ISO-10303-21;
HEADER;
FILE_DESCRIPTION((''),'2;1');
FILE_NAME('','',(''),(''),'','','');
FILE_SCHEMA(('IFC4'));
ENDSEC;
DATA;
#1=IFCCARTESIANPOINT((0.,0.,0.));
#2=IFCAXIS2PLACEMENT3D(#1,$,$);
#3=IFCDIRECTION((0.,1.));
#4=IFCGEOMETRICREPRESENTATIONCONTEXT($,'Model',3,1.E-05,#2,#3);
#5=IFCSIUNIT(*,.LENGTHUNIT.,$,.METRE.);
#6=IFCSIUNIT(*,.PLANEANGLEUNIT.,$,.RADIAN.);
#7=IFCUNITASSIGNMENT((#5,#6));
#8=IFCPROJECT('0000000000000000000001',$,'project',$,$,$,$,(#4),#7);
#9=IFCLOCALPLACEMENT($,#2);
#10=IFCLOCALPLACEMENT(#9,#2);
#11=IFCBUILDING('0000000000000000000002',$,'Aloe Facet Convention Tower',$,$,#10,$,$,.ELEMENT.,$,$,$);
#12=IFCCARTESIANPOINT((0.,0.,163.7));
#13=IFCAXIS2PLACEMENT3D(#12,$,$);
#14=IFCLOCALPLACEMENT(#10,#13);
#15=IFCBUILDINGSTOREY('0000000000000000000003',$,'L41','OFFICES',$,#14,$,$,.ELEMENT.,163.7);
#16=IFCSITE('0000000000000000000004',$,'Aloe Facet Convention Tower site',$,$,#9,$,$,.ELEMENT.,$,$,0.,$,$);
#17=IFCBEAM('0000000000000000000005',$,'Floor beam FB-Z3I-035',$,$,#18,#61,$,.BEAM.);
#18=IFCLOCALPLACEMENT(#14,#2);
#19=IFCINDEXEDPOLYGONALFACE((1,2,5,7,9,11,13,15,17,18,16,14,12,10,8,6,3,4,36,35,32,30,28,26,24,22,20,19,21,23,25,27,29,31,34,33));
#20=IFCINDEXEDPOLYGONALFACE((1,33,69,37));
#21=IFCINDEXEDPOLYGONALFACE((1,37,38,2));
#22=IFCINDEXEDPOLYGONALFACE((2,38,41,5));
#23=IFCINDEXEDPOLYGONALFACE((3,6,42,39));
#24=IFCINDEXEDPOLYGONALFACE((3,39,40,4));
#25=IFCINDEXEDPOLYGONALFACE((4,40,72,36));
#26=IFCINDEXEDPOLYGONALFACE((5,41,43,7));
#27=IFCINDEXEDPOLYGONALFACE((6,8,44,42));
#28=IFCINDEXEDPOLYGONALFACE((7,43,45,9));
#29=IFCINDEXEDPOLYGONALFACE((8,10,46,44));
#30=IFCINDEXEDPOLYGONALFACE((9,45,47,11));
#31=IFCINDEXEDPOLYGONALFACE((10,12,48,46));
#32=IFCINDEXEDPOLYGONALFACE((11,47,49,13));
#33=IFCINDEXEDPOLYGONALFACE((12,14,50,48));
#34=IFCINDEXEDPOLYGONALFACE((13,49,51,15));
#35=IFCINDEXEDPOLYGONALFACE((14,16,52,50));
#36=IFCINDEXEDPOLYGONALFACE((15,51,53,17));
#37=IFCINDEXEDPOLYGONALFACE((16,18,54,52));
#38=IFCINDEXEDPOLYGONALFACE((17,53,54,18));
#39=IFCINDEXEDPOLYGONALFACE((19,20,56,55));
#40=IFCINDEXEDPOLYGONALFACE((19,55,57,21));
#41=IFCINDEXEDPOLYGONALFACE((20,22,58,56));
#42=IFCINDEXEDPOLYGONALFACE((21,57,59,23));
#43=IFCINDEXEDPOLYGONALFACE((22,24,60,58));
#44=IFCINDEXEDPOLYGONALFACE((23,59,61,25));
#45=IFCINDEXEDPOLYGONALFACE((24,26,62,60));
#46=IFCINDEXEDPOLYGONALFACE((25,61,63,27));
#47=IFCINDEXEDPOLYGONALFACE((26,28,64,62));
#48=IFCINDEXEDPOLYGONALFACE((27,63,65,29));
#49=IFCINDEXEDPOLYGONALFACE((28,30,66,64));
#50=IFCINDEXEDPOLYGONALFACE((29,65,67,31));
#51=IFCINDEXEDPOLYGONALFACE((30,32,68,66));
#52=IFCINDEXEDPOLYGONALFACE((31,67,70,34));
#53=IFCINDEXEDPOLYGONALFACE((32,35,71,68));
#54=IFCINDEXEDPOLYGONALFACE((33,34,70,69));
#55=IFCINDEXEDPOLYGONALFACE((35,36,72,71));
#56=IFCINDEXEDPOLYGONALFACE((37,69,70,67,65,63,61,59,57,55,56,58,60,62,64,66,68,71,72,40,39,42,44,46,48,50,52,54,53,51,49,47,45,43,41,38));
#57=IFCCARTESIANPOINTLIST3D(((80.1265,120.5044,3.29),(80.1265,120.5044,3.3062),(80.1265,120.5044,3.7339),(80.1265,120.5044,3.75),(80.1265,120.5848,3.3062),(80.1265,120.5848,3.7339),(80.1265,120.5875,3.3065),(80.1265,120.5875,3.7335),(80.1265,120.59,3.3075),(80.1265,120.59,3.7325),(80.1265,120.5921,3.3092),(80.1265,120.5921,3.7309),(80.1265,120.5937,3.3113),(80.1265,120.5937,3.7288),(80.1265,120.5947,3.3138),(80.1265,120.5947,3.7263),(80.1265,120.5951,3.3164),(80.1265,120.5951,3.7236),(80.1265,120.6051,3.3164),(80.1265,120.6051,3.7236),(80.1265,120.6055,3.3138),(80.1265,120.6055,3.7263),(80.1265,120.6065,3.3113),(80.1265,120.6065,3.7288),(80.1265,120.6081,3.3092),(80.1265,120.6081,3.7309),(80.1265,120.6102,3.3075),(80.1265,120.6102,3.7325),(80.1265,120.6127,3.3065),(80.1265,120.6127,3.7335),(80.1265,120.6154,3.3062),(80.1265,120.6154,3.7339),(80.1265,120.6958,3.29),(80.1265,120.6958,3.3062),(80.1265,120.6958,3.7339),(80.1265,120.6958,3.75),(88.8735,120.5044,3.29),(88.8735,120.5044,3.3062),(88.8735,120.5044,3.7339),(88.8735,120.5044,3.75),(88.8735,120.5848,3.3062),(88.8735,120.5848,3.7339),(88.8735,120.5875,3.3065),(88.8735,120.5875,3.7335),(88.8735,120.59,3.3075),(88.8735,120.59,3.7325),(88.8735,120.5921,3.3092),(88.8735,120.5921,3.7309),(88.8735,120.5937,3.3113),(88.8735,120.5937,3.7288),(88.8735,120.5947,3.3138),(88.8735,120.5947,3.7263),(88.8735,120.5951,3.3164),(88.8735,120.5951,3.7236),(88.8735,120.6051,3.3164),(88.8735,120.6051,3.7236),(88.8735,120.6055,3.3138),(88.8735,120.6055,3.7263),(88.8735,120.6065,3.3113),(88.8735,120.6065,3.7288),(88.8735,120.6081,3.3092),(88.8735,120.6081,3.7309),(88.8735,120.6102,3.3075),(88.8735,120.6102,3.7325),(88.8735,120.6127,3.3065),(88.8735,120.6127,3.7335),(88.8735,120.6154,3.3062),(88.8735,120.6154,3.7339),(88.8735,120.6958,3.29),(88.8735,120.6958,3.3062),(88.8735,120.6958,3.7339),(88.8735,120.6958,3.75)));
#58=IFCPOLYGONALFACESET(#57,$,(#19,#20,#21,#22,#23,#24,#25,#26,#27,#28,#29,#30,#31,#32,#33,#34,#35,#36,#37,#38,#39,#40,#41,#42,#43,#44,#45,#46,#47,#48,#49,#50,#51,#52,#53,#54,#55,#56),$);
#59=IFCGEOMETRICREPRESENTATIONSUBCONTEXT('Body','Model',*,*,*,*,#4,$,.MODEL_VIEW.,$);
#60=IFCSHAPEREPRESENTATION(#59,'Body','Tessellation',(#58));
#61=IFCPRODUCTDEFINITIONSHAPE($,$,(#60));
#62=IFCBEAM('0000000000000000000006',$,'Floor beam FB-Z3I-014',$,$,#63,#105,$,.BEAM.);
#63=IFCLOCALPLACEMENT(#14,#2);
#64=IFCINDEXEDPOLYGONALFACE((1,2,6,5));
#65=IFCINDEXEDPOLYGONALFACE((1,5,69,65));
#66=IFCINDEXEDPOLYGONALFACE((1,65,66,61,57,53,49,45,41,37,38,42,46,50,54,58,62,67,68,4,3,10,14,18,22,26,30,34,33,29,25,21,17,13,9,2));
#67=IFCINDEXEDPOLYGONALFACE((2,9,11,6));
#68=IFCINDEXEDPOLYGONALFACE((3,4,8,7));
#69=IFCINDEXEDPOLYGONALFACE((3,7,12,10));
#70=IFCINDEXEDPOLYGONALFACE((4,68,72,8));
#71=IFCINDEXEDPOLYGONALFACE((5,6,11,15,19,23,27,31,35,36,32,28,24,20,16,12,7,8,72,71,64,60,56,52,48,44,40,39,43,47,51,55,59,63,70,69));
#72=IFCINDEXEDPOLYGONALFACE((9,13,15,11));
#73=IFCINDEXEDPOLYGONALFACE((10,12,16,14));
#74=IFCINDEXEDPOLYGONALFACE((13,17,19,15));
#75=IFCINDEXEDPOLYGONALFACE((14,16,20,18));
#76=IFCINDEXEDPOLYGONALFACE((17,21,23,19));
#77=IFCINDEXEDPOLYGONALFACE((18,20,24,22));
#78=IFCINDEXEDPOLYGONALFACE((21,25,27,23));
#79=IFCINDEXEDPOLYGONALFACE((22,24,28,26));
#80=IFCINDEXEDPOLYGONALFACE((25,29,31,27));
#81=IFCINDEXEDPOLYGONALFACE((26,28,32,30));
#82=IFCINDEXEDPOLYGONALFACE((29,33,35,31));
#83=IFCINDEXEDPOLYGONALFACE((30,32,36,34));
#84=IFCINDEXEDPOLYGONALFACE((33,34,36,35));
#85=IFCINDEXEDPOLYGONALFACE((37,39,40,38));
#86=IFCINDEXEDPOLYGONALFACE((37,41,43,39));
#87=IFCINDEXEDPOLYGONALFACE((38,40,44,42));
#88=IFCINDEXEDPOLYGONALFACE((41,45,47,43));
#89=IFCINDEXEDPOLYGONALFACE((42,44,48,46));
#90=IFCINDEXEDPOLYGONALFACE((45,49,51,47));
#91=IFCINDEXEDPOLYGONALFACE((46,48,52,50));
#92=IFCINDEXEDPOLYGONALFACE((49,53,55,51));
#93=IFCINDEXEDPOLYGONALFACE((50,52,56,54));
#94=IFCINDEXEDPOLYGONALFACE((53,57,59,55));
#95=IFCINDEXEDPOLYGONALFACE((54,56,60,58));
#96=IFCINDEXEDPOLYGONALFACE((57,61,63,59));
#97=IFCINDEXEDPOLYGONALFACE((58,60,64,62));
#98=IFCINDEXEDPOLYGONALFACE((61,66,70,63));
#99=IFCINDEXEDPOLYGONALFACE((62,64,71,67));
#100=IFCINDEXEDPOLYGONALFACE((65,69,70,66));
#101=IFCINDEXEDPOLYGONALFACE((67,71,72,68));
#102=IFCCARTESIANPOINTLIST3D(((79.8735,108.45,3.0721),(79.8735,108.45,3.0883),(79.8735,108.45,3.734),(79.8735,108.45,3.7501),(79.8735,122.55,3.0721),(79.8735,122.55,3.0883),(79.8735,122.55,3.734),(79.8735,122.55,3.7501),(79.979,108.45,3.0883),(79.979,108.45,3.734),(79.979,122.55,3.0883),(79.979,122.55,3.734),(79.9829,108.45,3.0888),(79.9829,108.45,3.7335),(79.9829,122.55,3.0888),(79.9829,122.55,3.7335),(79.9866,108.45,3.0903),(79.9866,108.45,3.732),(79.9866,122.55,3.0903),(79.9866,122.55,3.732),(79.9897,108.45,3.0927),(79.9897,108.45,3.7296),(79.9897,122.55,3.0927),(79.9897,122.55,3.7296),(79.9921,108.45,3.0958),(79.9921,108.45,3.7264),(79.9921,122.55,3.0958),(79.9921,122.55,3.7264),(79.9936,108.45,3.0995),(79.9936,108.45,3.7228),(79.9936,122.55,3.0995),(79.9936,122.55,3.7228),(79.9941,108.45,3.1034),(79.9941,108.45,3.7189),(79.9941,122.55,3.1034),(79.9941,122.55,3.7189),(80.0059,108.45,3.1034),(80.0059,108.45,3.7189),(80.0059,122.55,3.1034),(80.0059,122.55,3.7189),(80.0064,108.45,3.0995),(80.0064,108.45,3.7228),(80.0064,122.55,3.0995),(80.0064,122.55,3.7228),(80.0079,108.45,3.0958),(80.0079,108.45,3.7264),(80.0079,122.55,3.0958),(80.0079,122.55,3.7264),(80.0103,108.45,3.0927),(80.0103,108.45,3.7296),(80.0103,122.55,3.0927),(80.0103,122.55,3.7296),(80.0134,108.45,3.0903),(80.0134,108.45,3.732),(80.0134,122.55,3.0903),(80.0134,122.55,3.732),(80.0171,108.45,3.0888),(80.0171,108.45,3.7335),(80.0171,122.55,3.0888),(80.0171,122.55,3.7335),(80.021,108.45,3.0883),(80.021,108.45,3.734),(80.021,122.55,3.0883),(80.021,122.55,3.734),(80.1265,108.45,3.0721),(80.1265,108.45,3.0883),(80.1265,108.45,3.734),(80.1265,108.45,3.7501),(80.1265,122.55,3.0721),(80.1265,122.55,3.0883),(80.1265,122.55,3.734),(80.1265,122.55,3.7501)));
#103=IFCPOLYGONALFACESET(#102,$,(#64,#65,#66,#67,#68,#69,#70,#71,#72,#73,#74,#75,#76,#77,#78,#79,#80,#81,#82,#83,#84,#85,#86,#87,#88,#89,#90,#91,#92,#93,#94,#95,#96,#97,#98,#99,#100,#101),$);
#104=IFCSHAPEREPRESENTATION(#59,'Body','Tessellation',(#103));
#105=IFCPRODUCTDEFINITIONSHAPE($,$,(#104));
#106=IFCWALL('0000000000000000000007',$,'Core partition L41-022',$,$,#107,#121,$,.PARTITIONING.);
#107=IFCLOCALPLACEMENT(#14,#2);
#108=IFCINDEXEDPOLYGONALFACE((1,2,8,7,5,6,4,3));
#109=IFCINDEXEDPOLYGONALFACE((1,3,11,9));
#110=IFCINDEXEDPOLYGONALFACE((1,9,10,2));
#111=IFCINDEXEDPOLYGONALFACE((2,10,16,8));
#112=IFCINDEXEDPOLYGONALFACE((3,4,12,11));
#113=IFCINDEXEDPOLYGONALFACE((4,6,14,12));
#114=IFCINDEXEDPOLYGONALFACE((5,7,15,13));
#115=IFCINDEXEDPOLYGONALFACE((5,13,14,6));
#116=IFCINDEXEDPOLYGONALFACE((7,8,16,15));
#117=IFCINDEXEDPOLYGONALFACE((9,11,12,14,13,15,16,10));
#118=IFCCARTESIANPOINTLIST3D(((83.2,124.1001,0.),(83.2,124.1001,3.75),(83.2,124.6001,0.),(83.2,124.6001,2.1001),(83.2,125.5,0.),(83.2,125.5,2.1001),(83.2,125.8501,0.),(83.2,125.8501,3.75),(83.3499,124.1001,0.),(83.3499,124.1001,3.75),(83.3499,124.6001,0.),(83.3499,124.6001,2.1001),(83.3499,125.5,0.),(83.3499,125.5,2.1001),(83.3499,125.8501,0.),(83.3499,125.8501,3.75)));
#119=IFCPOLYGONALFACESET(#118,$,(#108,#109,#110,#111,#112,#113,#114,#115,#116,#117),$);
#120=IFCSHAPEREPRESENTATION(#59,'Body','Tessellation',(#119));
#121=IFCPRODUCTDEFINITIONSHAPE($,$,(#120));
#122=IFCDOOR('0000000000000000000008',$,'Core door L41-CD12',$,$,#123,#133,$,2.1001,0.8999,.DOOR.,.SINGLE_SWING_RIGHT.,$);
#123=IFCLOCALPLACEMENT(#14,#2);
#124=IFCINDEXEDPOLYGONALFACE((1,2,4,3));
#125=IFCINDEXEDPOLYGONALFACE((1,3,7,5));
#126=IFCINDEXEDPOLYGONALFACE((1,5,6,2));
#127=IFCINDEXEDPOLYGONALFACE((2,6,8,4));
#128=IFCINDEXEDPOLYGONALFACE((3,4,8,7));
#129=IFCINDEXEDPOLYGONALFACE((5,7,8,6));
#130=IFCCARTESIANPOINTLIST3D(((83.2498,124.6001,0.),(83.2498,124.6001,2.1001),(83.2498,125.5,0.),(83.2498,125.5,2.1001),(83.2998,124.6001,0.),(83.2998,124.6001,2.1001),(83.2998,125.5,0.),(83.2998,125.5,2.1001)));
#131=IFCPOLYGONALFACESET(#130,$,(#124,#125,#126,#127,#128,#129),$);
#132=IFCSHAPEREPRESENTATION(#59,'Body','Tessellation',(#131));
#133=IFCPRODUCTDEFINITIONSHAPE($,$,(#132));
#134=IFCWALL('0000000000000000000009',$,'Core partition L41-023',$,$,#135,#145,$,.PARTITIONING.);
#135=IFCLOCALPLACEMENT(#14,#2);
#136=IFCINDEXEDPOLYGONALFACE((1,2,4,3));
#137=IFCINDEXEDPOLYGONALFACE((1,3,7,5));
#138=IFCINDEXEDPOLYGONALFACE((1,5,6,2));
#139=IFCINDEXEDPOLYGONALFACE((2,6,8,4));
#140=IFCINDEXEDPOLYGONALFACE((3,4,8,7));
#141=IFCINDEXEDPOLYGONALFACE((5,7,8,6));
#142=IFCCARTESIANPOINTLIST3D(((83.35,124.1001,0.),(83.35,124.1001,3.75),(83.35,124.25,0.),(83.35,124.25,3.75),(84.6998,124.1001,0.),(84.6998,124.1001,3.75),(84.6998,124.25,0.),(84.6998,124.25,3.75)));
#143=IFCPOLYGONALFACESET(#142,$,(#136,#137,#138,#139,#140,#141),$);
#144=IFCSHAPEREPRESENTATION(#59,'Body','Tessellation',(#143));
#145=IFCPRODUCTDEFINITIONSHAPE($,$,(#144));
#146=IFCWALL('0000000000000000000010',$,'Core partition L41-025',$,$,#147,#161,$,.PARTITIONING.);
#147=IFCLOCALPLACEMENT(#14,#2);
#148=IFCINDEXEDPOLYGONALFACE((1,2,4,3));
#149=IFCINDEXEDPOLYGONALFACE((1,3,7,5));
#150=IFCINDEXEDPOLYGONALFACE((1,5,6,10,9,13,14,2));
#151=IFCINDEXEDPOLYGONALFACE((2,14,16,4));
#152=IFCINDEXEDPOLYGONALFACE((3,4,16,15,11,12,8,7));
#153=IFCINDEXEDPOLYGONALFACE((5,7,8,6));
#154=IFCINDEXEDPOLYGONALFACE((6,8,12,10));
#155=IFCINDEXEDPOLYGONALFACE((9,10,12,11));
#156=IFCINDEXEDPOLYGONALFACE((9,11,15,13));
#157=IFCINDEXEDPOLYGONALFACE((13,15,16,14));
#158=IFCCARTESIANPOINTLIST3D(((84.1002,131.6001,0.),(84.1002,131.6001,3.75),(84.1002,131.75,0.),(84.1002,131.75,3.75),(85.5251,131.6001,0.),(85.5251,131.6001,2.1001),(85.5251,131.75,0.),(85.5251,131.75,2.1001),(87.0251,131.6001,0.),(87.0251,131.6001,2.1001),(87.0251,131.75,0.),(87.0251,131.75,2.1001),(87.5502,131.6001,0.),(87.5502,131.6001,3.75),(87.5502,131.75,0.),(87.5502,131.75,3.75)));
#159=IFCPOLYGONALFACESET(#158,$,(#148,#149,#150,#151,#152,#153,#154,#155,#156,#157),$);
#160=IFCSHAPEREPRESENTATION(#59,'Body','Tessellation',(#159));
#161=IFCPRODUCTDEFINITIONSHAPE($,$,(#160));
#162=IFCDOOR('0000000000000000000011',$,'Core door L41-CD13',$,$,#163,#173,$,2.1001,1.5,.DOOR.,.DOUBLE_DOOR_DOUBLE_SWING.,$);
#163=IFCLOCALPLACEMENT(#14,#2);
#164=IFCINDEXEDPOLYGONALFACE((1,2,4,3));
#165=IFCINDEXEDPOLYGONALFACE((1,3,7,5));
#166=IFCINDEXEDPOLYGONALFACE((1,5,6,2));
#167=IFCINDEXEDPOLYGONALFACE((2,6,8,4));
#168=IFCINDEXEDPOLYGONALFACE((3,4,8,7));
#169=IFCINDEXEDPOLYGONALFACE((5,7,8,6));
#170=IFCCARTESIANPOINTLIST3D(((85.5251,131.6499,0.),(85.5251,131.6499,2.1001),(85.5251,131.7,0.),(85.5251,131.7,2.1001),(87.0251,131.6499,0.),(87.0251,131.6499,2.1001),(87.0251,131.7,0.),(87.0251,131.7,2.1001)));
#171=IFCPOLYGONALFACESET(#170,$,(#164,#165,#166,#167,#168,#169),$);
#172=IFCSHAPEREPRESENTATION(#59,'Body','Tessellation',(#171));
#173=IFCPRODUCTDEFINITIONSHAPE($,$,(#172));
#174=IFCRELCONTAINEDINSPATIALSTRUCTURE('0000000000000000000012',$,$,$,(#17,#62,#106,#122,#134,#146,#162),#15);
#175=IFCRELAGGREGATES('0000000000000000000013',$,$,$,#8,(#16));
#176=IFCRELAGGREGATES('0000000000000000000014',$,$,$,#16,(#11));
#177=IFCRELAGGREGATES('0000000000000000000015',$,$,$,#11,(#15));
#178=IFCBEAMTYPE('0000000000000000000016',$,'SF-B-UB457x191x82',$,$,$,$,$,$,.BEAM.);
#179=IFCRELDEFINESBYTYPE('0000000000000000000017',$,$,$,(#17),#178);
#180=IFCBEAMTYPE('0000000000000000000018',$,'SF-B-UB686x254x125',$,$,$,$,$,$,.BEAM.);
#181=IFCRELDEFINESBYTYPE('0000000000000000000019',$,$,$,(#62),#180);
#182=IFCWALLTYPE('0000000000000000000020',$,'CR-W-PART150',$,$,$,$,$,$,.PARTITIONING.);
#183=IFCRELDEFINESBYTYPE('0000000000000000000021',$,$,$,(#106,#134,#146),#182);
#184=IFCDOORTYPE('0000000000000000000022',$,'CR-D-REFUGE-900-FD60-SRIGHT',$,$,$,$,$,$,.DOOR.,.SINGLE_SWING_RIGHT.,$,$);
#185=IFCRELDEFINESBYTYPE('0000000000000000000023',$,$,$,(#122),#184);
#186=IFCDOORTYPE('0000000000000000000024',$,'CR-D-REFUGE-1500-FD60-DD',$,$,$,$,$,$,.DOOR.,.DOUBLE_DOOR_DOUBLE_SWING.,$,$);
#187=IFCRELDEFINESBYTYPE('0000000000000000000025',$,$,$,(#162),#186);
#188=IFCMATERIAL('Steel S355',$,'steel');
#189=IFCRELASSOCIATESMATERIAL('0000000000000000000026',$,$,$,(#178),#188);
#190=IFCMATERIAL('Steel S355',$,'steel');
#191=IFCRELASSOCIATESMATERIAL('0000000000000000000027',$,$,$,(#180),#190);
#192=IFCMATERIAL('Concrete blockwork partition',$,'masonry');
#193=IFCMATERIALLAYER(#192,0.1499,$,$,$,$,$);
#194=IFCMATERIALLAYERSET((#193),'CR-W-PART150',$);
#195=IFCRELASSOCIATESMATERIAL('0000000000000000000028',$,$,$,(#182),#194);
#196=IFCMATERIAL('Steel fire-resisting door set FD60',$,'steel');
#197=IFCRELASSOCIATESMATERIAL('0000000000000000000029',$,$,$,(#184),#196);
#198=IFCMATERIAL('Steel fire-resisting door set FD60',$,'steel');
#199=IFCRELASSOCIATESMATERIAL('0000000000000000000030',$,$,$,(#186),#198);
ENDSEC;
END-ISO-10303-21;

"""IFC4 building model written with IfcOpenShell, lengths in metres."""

from ifc_helpers import new_model, si_unit, direction, frame, frame_2d, origin, origin_2d, place, context, subcontext, project, spatial, rectangle, i_section, extrude, material, layer, layer_set, material_profile, profile_set, type_object, element, fill, save


model = new_model("IFC4")

# Units and contexts
model_context = context("Model", 3, precision=1e-05, world=origin(), true_north=direction((0.0, 1.0)))
body_context = subcontext(model_context, "Body", "Model", "MODEL_VIEW")
ifc_project = project(units=[si_unit("LENGTHUNIT", "METRE"), si_unit("PLANEANGLEUNIT", "RADIAN")], contexts=[model_context])

# Site, building, storey
site_placement = place(None, origin())
site = spatial("IfcSite", under=ifc_project, at=site_placement, Name="Aloe Facet Convention Tower site", CompositionType="ELEMENT", RefElevation=0.0)
building_placement = place(site_placement, origin())
building = spatial("IfcBuilding", under=site, at=building_placement, Name="Aloe Facet Convention Tower", CompositionType="ELEMENT")
storey_placement = place(building_placement, frame((0.0, 0.0, 163.7)))
storey = spatial("IfcBuildingStorey", under=building, at=storey_placement, Name="L41", Description="OFFICES", CompositionType="ELEMENT", Elevation=163.7)

# Beams
ifc_material_1 = material(Name="Steel S355", Category="steel")
ifc_material_profile_1 = material_profile(ifc_material_1, i_section(OverallWidth=0.1914, OverallDepth=0.46, WebThickness=0.01, FlangeThickness=0.0161, FilletRadius=0.0103, at=origin_2d()), Name="UB 457x191x82")
ifc_profile_set_1 = profile_set([ifc_material_profile_1], Name="Steel S355")
beam_type_1 = type_object("IfcBeamType", Name="SF-B-UB457x191x82", PredefinedType="BEAM", material=ifc_profile_set_1)
beam_1_placement = place(storey_placement, frame((80.1265, 120.6001, 3.52), z_axis=(1.0, 0.0, 0.0), x_axis=(0.0, 1.0, 0.0)))
element("IfcBeam", 1, at=beam_1_placement, inside=storey, type_object=beam_type_1, Name="Floor beam FB-Z3I-035", PredefinedType="BEAM", context=body_context, shape_type="SweptSolid", body=[
    extrude(i_section(OverallWidth=0.1914, OverallDepth=0.46, WebThickness=0.01, FlangeThickness=0.0161, FilletRadius=0.0103, at=origin_2d()), origin(), (0.0, 0.0, 1.0), 8.7471),
])
ifc_material_2 = material(Name="Steel S355", Category="steel")
ifc_material_profile_2 = material_profile(ifc_material_2, i_section(OverallWidth=0.2529, OverallDepth=0.678, WebThickness=0.0117, FlangeThickness=0.0161, FilletRadius=0.0151, at=origin_2d()), Name="UB 686x254x125")
ifc_profile_set_2 = profile_set([ifc_material_profile_2], Name="Steel S355")
beam_type_2 = type_object("IfcBeamType", Name="SF-B-UB686x254x125", PredefinedType="BEAM", material=ifc_profile_set_2)
beam_2_placement = place(storey_placement, frame((80.0, 122.55, 3.4111), z_axis=(0.0, -1.0, 0.0), x_axis=(1.0, 0.0, 0.0)))
element("IfcBeam", 2, at=beam_2_placement, inside=storey, type_object=beam_type_2, Name="Floor beam FB-Z3I-014", PredefinedType="BEAM", context=body_context, shape_type="SweptSolid", body=[
    extrude(i_section(OverallWidth=0.2529, OverallDepth=0.678, WebThickness=0.0117, FlangeThickness=0.0161, FilletRadius=0.0151, at=origin_2d()), origin(), (0.0, 0.0, 1.0), 14.1001),
])

# Wall, opening, door
ifc_material_3 = material(Name="Concrete blockwork partition", Category="masonry")
ifc_layer_1 = layer(ifc_material_3, 0.1499)
ifc_layer_set_1 = layer_set([ifc_layer_1], Name="CR-W-PART150")
wall_type_1 = type_object("IfcWallType", Name="CR-W-PART150", PredefinedType="PARTITIONING", material=ifc_layer_set_1)
wall_1_placement = place(storey_placement, frame((83.2749, 125.8501, 0.0), z_axis=(0.0, 0.0, 1.0), x_axis=(0.0, -1.0, 0.0)))
wall_1 = element("IfcWall", 3, at=wall_1_placement, inside=storey, type_object=wall_type_1, Name="Core partition L41-022", PredefinedType="PARTITIONING", context=body_context, shape_type="SweptSolid", body=[
    extrude(rectangle(XDim=1.75, YDim=0.1499, at=frame_2d((0.875, 0.0))), origin(), (0.0, 0.0, 1.0), 3.75),
])
opening_1_placement = place(wall_1_placement, frame((0.3501, 0.0, 0.0)))
opening_1 = element("IfcOpeningElement", 4, at=opening_1_placement, cuts=wall_1, PredefinedType="OPENING", context=body_context, shape_type="SweptSolid", body=[
    extrude(rectangle(XDim=0.8999, YDim=2.1001, at=frame_2d((0.45, 1.05))), frame((0.0, 0.085, 0.0), z_axis=(0.0, -1.0, 0.0), x_axis=(1.0, 0.0, 0.0)), (0.0, 0.0, 1.0), 0.1699),
])
ifc_material_4 = material(Name="Steel fire-resisting door set FD60", Category="steel")
door_type_1 = type_object("IfcDoorType", Name="CR-D-REFUGE-900-FD60-SRIGHT", OperationType="SINGLE_SWING_RIGHT", PredefinedType="DOOR", material=ifc_material_4)
door_1_placement = place(opening_1_placement, origin())
door_1 = element("IfcDoor", 5, at=door_1_placement, inside=storey, type_object=door_type_1, Name="Core door L41-CD12", OperationType="SINGLE_SWING_RIGHT", OverallHeight=2.1001, OverallWidth=0.8999, PredefinedType="DOOR", context=body_context, shape_type="SweptSolid", body=[
    extrude(rectangle(XDim=0.8999, YDim=2.1001, at=frame_2d((0.45, 1.05))), frame((0.0, 0.0249, 0.0), z_axis=(0.0, -1.0, 0.0), x_axis=(1.0, 0.0, 0.0)), (0.0, 0.0, 1.0), 0.05),
])
fill(opening_1, door_1)

# Wall
wall_2_placement = place(storey_placement, frame((83.3501, 124.175, 0.0), z_axis=(0.0, 0.0, 1.0), x_axis=(1.0, 0.0, 0.0)))
element("IfcWall", 6, at=wall_2_placement, inside=storey, type_object=wall_type_1, Name="Core partition L41-023", PredefinedType="PARTITIONING", context=body_context, shape_type="SweptSolid", body=[
    extrude(rectangle(XDim=1.3499, YDim=0.1499, at=frame_2d((0.6748, 0.0))), origin(), (0.0, 0.0, 1.0), 3.75),
])

# Wall, opening, door
wall_3_placement = place(storey_placement, frame((84.1001, 131.675, 0.0), z_axis=(0.0, 0.0, 1.0), x_axis=(1.0, 0.0, 0.0)))
wall_3 = element("IfcWall", 7, at=wall_3_placement, inside=storey, type_object=wall_type_1, Name="Core partition L41-025", PredefinedType="PARTITIONING", context=body_context, shape_type="SweptSolid", body=[
    extrude(rectangle(XDim=3.45, YDim=0.1499, at=frame_2d((1.7251, 0.0))), origin(), (0.0, 0.0, 1.0), 3.75),
])
opening_2_placement = place(wall_3_placement, frame((1.425, 0.0, 0.0)))
opening_2 = element("IfcOpeningElement", 8, at=opening_2_placement, cuts=wall_3, PredefinedType="OPENING", context=body_context, shape_type="SweptSolid", body=[
    extrude(rectangle(XDim=1.5, YDim=2.1001, at=frame_2d((0.75, 1.05))), frame((0.0, 0.085, 0.0), z_axis=(0.0, -1.0, 0.0), x_axis=(1.0, 0.0, 0.0)), (0.0, 0.0, 1.0), 0.1699),
])
ifc_material_5 = material(Name="Steel fire-resisting door set FD60", Category="steel")
door_type_2 = type_object("IfcDoorType", Name="CR-D-REFUGE-1500-FD60-DD", OperationType="DOUBLE_DOOR_DOUBLE_SWING", PredefinedType="DOOR", material=ifc_material_5)
door_2_placement = place(opening_2_placement, origin())
door_2 = element("IfcDoor", 9, at=door_2_placement, inside=storey, type_object=door_type_2, Name="Core door L41-CD13", OperationType="DOUBLE_DOOR_DOUBLE_SWING", OverallHeight=2.1001, OverallWidth=1.5, PredefinedType="DOOR", context=body_context, shape_type="SweptSolid", body=[
    extrude(rectangle(XDim=1.5, YDim=2.1001, at=frame_2d((0.75, 1.05))), frame((0.0, 0.0249, 0.0), z_axis=(0.0, -1.0, 0.0), x_axis=(1.0, 0.0, 0.0)), (0.0, 0.0, 1.0), 0.05),
])
fill(opening_2, door_2)

save(model, "model.ifc")
